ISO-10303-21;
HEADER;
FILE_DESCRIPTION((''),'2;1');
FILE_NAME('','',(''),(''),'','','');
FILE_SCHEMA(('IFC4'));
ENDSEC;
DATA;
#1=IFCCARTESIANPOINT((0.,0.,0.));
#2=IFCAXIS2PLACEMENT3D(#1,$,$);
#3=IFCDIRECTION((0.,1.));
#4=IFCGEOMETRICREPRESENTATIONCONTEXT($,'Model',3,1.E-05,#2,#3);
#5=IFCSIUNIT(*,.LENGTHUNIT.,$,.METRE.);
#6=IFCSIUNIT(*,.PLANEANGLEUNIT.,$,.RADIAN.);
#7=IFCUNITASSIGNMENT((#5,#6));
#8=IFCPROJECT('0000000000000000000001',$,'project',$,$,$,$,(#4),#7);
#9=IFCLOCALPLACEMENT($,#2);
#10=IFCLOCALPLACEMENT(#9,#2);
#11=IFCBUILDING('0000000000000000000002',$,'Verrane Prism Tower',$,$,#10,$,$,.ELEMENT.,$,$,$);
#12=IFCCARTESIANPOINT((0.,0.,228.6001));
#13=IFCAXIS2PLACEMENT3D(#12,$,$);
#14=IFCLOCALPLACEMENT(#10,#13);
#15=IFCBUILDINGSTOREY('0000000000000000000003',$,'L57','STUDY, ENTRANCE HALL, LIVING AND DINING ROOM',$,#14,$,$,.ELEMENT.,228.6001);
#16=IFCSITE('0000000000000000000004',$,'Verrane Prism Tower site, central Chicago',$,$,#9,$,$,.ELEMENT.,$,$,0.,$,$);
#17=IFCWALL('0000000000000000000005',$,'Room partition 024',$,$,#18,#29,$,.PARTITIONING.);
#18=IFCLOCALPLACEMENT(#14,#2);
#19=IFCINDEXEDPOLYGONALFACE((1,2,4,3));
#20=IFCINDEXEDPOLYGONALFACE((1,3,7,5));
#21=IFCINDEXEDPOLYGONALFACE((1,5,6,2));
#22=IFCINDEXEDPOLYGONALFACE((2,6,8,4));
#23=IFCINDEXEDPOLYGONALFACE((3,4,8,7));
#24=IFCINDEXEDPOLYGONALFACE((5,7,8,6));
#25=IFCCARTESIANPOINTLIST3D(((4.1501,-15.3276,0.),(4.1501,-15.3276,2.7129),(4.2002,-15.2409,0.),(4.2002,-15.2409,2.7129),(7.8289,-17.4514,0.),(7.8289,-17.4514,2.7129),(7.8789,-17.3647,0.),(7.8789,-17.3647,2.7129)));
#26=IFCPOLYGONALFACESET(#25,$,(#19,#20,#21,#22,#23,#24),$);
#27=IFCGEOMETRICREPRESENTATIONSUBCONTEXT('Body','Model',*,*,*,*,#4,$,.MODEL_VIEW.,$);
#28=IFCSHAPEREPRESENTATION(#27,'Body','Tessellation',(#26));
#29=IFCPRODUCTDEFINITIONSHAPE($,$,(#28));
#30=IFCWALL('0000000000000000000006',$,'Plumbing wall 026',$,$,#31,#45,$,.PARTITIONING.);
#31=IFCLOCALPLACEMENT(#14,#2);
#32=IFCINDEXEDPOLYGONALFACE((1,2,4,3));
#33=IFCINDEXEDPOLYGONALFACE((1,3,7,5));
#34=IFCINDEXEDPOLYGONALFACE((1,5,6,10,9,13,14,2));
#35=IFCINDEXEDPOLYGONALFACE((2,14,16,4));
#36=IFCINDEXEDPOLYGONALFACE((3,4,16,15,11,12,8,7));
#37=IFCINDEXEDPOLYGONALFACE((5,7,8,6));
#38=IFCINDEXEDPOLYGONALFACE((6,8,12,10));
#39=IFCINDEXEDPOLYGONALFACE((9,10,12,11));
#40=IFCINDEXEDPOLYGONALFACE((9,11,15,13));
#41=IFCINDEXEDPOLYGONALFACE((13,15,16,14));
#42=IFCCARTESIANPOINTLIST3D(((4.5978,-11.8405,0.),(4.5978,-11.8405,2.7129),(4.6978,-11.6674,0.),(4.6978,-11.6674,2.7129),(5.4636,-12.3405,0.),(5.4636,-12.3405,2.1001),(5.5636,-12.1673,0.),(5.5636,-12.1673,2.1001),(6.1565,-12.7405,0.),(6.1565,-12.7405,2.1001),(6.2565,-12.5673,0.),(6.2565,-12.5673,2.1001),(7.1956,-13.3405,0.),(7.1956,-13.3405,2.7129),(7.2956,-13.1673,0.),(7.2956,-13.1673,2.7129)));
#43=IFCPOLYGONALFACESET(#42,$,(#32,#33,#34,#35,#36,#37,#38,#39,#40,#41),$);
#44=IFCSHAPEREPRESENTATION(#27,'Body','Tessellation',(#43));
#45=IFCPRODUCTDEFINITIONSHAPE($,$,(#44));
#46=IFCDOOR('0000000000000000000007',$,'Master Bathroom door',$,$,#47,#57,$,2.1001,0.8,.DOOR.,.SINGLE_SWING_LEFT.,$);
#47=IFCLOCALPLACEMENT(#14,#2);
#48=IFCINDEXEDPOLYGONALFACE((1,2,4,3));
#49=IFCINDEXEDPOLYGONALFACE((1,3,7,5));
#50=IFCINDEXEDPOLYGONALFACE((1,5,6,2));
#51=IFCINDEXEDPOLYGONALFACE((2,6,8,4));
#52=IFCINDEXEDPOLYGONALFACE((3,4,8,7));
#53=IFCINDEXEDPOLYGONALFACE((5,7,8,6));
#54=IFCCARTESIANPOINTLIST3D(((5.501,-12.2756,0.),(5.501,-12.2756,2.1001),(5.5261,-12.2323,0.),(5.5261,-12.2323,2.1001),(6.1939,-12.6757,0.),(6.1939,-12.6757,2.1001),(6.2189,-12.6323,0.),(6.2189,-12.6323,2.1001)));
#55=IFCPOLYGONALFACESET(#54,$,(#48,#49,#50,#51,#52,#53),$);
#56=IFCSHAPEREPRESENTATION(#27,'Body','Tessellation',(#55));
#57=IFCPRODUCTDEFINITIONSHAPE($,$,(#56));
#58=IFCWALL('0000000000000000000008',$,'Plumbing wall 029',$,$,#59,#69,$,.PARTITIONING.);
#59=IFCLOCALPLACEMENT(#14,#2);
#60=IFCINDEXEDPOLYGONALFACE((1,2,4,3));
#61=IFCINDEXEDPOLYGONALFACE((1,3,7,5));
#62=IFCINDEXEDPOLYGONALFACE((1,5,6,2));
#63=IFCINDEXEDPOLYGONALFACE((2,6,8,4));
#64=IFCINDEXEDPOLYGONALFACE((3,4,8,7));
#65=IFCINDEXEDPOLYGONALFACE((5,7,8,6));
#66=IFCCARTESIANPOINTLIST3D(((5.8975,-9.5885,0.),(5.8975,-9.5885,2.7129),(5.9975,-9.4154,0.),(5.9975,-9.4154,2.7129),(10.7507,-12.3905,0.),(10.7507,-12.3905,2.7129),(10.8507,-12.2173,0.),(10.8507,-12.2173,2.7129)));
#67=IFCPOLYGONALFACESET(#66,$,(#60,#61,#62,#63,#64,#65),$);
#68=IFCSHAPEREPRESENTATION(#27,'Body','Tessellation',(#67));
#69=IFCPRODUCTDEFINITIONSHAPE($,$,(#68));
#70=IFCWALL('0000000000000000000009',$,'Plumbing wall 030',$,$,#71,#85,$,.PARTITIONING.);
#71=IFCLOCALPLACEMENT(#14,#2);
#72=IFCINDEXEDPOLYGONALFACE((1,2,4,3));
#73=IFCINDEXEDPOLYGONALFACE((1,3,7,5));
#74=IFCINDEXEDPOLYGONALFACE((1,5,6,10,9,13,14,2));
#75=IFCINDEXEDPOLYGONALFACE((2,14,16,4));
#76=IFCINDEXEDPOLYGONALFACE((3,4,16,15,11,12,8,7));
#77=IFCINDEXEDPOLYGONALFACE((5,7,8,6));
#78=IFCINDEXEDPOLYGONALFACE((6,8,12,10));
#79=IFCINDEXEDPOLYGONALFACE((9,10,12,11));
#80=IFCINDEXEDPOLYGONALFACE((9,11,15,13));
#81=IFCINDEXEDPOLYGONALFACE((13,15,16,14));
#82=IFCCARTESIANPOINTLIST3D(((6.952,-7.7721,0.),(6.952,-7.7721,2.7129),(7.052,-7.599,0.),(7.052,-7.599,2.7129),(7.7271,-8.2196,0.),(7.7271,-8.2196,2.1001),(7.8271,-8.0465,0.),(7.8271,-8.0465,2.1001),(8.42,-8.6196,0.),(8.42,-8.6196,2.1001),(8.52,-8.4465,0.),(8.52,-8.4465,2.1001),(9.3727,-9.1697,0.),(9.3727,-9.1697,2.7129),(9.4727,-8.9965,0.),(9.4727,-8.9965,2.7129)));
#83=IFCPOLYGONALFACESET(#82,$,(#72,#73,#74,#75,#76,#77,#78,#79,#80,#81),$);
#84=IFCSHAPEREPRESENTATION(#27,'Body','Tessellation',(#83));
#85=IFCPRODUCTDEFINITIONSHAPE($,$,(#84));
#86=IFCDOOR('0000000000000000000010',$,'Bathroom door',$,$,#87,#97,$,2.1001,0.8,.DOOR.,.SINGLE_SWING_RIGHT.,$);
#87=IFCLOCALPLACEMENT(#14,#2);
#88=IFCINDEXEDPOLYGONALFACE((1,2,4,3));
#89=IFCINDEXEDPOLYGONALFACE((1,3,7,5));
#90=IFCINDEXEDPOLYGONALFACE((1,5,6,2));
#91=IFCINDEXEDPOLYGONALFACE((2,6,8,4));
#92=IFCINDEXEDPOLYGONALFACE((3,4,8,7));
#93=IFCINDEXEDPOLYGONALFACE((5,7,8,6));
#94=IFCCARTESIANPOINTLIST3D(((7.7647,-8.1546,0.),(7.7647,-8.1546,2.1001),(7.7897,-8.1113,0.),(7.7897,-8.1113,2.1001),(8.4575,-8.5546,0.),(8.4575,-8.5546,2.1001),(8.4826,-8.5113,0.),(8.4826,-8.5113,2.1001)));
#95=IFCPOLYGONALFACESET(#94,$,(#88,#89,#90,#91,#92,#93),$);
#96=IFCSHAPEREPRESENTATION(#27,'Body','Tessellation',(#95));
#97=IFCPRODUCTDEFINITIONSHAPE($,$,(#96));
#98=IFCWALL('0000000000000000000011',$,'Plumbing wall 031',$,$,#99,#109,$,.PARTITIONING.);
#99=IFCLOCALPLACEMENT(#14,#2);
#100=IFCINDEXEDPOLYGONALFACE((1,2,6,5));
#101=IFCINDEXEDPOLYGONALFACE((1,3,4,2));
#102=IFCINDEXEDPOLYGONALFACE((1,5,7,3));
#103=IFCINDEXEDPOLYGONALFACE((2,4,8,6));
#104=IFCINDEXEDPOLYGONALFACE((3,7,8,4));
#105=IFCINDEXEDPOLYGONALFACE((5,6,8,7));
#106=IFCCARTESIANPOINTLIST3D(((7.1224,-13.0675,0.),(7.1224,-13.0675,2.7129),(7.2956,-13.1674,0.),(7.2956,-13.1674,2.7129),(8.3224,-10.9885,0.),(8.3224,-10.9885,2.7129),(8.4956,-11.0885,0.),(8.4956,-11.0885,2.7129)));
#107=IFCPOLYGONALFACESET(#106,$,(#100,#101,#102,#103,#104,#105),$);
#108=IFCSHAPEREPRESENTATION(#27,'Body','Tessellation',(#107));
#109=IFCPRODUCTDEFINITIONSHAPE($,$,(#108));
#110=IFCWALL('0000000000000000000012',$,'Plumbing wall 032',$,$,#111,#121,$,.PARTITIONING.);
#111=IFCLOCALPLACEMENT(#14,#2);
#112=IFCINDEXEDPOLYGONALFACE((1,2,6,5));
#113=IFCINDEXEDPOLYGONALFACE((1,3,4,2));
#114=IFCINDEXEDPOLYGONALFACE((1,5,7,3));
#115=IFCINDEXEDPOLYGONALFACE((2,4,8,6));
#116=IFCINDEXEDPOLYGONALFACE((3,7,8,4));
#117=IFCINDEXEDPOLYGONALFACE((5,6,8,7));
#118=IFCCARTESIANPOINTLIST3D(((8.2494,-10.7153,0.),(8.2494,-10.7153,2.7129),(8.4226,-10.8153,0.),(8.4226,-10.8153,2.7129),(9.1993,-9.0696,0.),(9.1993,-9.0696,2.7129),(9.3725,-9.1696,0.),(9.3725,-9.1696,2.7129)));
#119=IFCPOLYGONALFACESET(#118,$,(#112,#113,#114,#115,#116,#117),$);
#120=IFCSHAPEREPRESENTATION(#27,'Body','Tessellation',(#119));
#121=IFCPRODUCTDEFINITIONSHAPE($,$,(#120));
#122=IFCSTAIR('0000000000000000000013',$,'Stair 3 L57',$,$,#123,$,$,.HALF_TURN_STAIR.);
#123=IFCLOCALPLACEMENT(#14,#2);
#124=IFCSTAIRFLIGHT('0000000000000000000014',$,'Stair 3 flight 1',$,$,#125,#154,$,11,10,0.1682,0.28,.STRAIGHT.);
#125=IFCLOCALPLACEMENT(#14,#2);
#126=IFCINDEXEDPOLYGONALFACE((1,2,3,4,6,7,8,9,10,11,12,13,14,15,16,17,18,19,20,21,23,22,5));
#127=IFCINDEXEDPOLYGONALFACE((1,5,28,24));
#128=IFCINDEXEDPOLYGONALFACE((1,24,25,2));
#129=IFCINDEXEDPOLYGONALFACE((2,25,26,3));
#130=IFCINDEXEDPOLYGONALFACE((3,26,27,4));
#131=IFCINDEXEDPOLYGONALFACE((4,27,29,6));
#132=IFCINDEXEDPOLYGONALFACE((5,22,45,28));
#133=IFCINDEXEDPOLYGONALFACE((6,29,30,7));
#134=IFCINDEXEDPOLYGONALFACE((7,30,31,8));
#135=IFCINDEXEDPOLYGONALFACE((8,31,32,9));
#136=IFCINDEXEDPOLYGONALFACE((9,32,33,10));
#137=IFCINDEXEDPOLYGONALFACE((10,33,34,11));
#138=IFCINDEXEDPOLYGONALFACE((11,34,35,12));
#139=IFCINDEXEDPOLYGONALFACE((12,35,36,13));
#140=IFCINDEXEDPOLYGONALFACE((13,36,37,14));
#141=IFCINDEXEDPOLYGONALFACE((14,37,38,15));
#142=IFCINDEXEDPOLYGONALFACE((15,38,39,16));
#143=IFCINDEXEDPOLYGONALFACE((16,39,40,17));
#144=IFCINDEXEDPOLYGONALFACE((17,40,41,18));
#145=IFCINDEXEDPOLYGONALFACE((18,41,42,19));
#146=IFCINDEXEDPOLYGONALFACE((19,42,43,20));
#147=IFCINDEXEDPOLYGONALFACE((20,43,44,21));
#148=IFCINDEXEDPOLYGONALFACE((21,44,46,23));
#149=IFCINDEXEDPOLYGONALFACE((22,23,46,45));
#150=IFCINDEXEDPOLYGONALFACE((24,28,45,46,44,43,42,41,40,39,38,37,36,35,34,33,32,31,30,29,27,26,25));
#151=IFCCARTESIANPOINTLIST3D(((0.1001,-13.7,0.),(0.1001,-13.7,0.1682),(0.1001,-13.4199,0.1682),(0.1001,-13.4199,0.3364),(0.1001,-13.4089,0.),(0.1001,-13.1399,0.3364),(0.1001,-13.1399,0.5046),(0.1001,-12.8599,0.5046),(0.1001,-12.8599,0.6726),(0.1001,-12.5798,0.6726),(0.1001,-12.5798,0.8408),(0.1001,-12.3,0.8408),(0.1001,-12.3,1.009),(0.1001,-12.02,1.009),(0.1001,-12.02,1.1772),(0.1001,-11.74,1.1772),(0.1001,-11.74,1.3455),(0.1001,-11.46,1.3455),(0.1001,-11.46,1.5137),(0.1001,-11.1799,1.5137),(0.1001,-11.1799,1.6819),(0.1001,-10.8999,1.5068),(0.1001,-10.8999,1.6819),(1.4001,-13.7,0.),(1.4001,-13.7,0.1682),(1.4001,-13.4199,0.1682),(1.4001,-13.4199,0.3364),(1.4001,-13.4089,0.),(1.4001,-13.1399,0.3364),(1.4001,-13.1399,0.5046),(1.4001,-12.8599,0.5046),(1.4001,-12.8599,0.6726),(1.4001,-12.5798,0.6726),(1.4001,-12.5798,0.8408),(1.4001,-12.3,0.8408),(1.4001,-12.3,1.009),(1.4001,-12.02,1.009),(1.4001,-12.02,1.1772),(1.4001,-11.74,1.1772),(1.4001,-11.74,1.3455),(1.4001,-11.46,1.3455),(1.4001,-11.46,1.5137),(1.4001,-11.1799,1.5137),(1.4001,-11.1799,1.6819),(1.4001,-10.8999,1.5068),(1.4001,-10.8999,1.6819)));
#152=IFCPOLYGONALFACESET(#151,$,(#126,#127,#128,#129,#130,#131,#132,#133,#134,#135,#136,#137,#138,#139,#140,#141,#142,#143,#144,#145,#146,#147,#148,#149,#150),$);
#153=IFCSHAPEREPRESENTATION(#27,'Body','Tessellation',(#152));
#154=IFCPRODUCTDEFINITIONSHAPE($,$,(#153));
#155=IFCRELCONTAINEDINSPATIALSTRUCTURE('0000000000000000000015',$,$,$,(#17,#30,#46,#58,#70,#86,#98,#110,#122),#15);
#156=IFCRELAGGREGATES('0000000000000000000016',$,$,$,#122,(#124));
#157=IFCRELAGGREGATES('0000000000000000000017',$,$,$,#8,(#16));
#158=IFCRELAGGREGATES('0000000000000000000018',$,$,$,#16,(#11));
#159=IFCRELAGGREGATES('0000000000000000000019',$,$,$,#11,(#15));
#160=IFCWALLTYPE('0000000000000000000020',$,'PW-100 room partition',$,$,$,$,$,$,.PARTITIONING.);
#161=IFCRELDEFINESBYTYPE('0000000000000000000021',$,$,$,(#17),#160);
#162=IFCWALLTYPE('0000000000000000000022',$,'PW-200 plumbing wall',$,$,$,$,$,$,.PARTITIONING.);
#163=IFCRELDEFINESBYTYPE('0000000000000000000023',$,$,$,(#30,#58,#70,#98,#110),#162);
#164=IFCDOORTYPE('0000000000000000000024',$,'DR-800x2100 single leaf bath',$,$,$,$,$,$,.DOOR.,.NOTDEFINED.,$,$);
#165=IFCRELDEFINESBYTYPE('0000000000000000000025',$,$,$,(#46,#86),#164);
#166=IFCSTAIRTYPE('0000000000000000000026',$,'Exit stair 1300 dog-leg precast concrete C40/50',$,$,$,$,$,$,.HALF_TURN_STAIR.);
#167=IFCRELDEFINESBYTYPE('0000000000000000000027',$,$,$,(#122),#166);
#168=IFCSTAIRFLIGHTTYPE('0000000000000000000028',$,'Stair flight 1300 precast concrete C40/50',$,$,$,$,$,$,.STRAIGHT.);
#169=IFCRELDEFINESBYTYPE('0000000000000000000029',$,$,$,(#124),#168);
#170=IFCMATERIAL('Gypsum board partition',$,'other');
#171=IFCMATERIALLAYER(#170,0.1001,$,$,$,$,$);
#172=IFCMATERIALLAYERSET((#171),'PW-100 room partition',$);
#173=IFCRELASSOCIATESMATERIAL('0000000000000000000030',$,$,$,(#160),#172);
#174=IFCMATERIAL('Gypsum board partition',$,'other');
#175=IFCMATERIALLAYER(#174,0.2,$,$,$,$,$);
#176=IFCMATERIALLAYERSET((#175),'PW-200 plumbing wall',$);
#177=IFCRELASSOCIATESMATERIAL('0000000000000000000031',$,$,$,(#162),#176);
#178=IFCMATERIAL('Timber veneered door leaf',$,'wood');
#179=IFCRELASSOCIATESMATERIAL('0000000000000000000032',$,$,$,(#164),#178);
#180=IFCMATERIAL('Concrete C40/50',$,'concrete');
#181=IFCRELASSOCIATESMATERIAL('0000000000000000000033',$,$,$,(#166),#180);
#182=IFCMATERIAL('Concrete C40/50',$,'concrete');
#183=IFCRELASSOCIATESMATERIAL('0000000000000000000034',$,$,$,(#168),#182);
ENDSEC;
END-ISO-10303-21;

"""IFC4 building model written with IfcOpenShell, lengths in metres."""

from ifc_helpers import new_model, si_unit, direction, frame, frame_2d, origin, place, context, subcontext, project, spatial, polyline, rectangle, outline, extrude, material, layer, layer_set, type_object, element, fill, aggregate, save


model = new_model("IFC4")

# Units and contexts
model_context = context("Model", 3, precision=1e-05, world=origin(), true_north=direction((0.0, 1.0)))
body_context = subcontext(model_context, "Body", "Model", "MODEL_VIEW")
ifc_project = project(units=[si_unit("LENGTHUNIT", "METRE"), si_unit("PLANEANGLEUNIT", "RADIAN")], contexts=[model_context])

# Site, building, storey
site_placement = place(None, origin())
site = spatial("IfcSite", under=ifc_project, at=site_placement, Name="Verrane Prism Tower site, central Chicago", CompositionType="ELEMENT", RefElevation=0.0)
building_placement = place(site_placement, origin())
building = spatial("IfcBuilding", under=site, at=building_placement, Name="Verrane Prism Tower", CompositionType="ELEMENT")
storey_placement = place(building_placement, frame((0.0, 0.0, 228.6001)))
storey = spatial("IfcBuildingStorey", under=building, at=storey_placement, Name="L57", Description="STUDY, ENTRANCE HALL, LIVING AND DINING ROOM", CompositionType="ELEMENT", Elevation=228.6001)

# Shared definitions
ifc_material_1 = material(Name="Gypsum board partition", Category="other")
ifc_layer_1 = layer(ifc_material_1, 0.1001)
ifc_layer_set_1 = layer_set([ifc_layer_1], Name="PW-100 room partition")
wall_type_1 = type_object("IfcWallType", Name="PW-100 room partition", PredefinedType="PARTITIONING", material=ifc_layer_set_1)

# Wall
wall_1_placement = place(storey_placement, frame((4.175, -15.2842, 0.0), z_axis=(0.0, 0.0, 1.0), x_axis=(0.866038, -0.499978, 0.0)))
element("IfcWall", 1, at=wall_1_placement, inside=storey, type_object=wall_type_1, Name="Room partition 024", PredefinedType="PARTITIONING", context=body_context, shape_type="SweptSolid", body=[
    extrude(rectangle(XDim=4.2478, YDim=0.1001, at=frame_2d((2.124, 0.0))), origin(), (0.0, 0.0, 1.0), 2.7129),
])

# Wall, opening, door
ifc_material_2 = material(Name="Gypsum board partition", Category="other")
ifc_layer_2 = layer(ifc_material_2, 0.2)
ifc_layer_set_2 = layer_set([ifc_layer_2], Name="PW-200 plumbing wall")
wall_type_2 = type_object("IfcWallType", Name="PW-200 plumbing wall", PredefinedType="PARTITIONING", material=ifc_layer_set_2)
wall_2_placement = place(storey_placement, frame((4.6477, -11.7539, 0.0), z_axis=(0.0, 0.0, 1.0), x_axis=(0.866011, -0.500025, 0.0)))
wall_2 = element("IfcWall", 2, at=wall_2_placement, inside=storey, type_object=wall_type_2, Name="Plumbing wall 026", PredefinedType="PARTITIONING", context=body_context, shape_type="SweptSolid", body=[
    extrude(rectangle(XDim=2.9998, YDim=0.2, at=frame_2d((1.5, 0.0))), origin(), (0.0, 0.0, 1.0), 2.7129),
])
opening_1_placement = place(wall_2_placement, frame((1.0, 0.0, 0.0)))
opening_1 = element("IfcOpeningElement", 3, at=opening_1_placement, cuts=wall_2, PredefinedType="OPENING", context=body_context, shape_type="SweptSolid", body=[
    extrude(rectangle(XDim=0.8, YDim=2.1001, at=frame_2d((0.3999, 1.05))), frame((0.0, 0.1099, 0.0), z_axis=(0.0, -1.0, 0.0), x_axis=(1.0, 0.0, 0.0)), (0.0, 0.0, 1.0), 0.22),
])
ifc_material_3 = material(Name="Timber veneered door leaf", Category="wood")
door_type_1 = type_object("IfcDoorType", Name="DR-800x2100 single leaf bath", OperationType="NOTDEFINED", PredefinedType="DOOR", material=ifc_material_3)
door_1_placement = place(opening_1_placement, origin())
door_1 = element("IfcDoor", 4, at=door_1_placement, inside=storey, type_object=door_type_1, Name="Master Bathroom door", OperationType="SINGLE_SWING_LEFT", OverallHeight=2.1001, OverallWidth=0.8, PredefinedType="DOOR", context=body_context, shape_type="SweptSolid", body=[
    extrude(rectangle(XDim=0.8, YDim=2.1001, at=frame_2d((0.3999, 1.05))), frame((0.0, 0.0249, 0.0), z_axis=(0.0, -1.0, 0.0), x_axis=(1.0, 0.0, 0.0)), (0.0, 0.0, 1.0), 0.05),
])
fill(opening_1, door_1)

# Wall
wall_3_placement = place(storey_placement, frame((5.9475, -9.502, 0.0), z_axis=(0.0, 0.0, 1.0), x_axis=(0.866028, -0.499995, 0.0)))
element("IfcWall", 5, at=wall_3_placement, inside=storey, type_object=wall_type_2, Name="Plumbing wall 029", PredefinedType="PARTITIONING", context=body_context, shape_type="SweptSolid", body=[
    extrude(rectangle(XDim=5.604, YDim=0.2, at=frame_2d((2.802, 0.0))), origin(), (0.0, 0.0, 1.0), 2.7129),
])

# Wall, opening, door
wall_4_placement = place(storey_placement, frame((9.4226, -9.083, 0.0), z_axis=(0.0, 0.0, 1.0), x_axis=(-0.866042, 0.499972, 0.0)))
wall_4 = element("IfcWall", 6, at=wall_4_placement, inside=storey, type_object=wall_type_2, Name="Plumbing wall 030", PredefinedType="PARTITIONING", context=body_context, shape_type="SweptSolid", body=[
    extrude(rectangle(XDim=2.7952, YDim=0.2, at=frame_2d((1.3975, 0.0))), origin(), (0.0, 0.0, 1.0), 2.7129),
])
opening_2_placement = place(wall_4_placement, frame((1.1001, 0.0, 0.0)))
opening_2 = element("IfcOpeningElement", 7, at=opening_2_placement, cuts=wall_4, PredefinedType="OPENING", context=body_context, shape_type="SweptSolid", body=[
    extrude(rectangle(XDim=0.8, YDim=2.1001, at=frame_2d((0.3999, 1.05))), frame((0.0, 0.1099, 0.0), z_axis=(0.0, -1.0, 0.0), x_axis=(1.0, 0.0, 0.0)), (0.0, 0.0, 1.0), 0.22),
])
door_2_placement = place(opening_2_placement, origin())
door_2 = element("IfcDoor", 8, at=door_2_placement, inside=storey, type_object=door_type_1, Name="Bathroom door", OperationType="SINGLE_SWING_RIGHT", OverallHeight=2.1001, OverallWidth=0.8, PredefinedType="DOOR", context=body_context, shape_type="SweptSolid", body=[
    extrude(rectangle(XDim=0.8, YDim=2.1001, at=frame_2d((0.3999, 1.05))), frame((0.0, 0.0249, 0.0), z_axis=(0.0, -1.0, 0.0), x_axis=(1.0, 0.0, 0.0)), (0.0, 0.0, 1.0), 0.05),
])
fill(opening_2, door_2)

# Walls
wall_5_placement = place(storey_placement, frame((7.209, -13.1174, 0.0), z_axis=(0.0, 0.0, 1.0), x_axis=(0.499913, 0.866075, 0.0)))
element("IfcWall", 9, at=wall_5_placement, inside=storey, type_object=wall_type_2, Name="Plumbing wall 031", PredefinedType="PARTITIONING", context=body_context, shape_type="SweptSolid", body=[
    extrude(rectangle(XDim=2.4004, YDim=0.2, at=frame_2d((1.2002, 0.0))), origin(), (0.0, 0.0, 1.0), 2.7129),
])
wall_6_placement = place(storey_placement, frame((8.3359, -10.7654, 0.0), z_axis=(0.0, 0.0, 1.0), x_axis=(0.499912, 0.866076, 0.0)))
element("IfcWall", 10, at=wall_6_placement, inside=storey, type_object=wall_type_2, Name="Plumbing wall 032", PredefinedType="PARTITIONING", context=body_context, shape_type="SweptSolid", body=[
    extrude(rectangle(XDim=1.9001, YDim=0.2, at=frame_2d((0.9502, 0.0))), origin(), (0.0, 0.0, 1.0), 2.7129),
])

# Stair, stair flight
ifc_material_4 = material(Name="Concrete C40/50", Category="concrete")
stair_type = type_object("IfcStairType", Name="Exit stair 1300 dog-leg precast concrete C40/50", PredefinedType="HALF_TURN_STAIR", material=ifc_material_4)
stair_placement = place(storey_placement, origin())
stair = element("IfcStair", 11, at=stair_placement, inside=storey, type_object=stair_type, Name="Stair 3 L57", PredefinedType="HALF_TURN_STAIR")
ifc_material_5 = material(Name="Concrete C40/50", Category="concrete")
stair_flight_type = type_object("IfcStairFlightType", Name="Stair flight 1300 precast concrete C40/50", PredefinedType="STRAIGHT", material=ifc_material_5)
stair_flight_placement = place(storey_placement, frame((0.75, -13.7, 0.0), z_axis=(0.0, 0.0, 1.0), x_axis=(0.0, 1.0, 0.0)))
stair_flight = element("IfcStairFlight", 12, at=stair_flight_placement, type_object=stair_flight_type, Name="Stair 3 flight 1", NumberOfRisers=11, NumberOfTreads=10, PredefinedType="STRAIGHT", RiserHeight=0.1682, TreadLength=0.28, context=body_context, shape_type="SweptSolid", body=[
    extrude(outline(polyline([(0.0, 0.0), (0.0, 0.1682), (0.28, 0.1682), (0.28, 0.3364), (0.5601, 0.3364), (0.5601, 0.5046), (0.8401, 0.5046), (0.8401, 0.6726), (1.1201, 0.6726), (1.1201, 0.8408), (1.3999, 0.8408), (1.3999, 1.009), (1.6799, 1.009), (1.6799, 1.1772), (1.96, 1.1772), (1.96, 1.3455), (2.24, 1.3455), (2.24, 1.5137), (2.52, 1.5137), (2.52, 1.6819), (2.8, 1.6819), (2.8, 1.8501), (2.8, 1.5068), (0.291, 0.0), (0.0, 0.0)])), frame((0.0, 0.6499, 0.0), z_axis=(0.0, -1.0, 0.0), x_axis=(1.0, 0.0, 0.0)), (0.0, 0.0, 1.0), 1.3),
])
aggregate(stair, [stair_flight])

save(model, "model.ifc")
